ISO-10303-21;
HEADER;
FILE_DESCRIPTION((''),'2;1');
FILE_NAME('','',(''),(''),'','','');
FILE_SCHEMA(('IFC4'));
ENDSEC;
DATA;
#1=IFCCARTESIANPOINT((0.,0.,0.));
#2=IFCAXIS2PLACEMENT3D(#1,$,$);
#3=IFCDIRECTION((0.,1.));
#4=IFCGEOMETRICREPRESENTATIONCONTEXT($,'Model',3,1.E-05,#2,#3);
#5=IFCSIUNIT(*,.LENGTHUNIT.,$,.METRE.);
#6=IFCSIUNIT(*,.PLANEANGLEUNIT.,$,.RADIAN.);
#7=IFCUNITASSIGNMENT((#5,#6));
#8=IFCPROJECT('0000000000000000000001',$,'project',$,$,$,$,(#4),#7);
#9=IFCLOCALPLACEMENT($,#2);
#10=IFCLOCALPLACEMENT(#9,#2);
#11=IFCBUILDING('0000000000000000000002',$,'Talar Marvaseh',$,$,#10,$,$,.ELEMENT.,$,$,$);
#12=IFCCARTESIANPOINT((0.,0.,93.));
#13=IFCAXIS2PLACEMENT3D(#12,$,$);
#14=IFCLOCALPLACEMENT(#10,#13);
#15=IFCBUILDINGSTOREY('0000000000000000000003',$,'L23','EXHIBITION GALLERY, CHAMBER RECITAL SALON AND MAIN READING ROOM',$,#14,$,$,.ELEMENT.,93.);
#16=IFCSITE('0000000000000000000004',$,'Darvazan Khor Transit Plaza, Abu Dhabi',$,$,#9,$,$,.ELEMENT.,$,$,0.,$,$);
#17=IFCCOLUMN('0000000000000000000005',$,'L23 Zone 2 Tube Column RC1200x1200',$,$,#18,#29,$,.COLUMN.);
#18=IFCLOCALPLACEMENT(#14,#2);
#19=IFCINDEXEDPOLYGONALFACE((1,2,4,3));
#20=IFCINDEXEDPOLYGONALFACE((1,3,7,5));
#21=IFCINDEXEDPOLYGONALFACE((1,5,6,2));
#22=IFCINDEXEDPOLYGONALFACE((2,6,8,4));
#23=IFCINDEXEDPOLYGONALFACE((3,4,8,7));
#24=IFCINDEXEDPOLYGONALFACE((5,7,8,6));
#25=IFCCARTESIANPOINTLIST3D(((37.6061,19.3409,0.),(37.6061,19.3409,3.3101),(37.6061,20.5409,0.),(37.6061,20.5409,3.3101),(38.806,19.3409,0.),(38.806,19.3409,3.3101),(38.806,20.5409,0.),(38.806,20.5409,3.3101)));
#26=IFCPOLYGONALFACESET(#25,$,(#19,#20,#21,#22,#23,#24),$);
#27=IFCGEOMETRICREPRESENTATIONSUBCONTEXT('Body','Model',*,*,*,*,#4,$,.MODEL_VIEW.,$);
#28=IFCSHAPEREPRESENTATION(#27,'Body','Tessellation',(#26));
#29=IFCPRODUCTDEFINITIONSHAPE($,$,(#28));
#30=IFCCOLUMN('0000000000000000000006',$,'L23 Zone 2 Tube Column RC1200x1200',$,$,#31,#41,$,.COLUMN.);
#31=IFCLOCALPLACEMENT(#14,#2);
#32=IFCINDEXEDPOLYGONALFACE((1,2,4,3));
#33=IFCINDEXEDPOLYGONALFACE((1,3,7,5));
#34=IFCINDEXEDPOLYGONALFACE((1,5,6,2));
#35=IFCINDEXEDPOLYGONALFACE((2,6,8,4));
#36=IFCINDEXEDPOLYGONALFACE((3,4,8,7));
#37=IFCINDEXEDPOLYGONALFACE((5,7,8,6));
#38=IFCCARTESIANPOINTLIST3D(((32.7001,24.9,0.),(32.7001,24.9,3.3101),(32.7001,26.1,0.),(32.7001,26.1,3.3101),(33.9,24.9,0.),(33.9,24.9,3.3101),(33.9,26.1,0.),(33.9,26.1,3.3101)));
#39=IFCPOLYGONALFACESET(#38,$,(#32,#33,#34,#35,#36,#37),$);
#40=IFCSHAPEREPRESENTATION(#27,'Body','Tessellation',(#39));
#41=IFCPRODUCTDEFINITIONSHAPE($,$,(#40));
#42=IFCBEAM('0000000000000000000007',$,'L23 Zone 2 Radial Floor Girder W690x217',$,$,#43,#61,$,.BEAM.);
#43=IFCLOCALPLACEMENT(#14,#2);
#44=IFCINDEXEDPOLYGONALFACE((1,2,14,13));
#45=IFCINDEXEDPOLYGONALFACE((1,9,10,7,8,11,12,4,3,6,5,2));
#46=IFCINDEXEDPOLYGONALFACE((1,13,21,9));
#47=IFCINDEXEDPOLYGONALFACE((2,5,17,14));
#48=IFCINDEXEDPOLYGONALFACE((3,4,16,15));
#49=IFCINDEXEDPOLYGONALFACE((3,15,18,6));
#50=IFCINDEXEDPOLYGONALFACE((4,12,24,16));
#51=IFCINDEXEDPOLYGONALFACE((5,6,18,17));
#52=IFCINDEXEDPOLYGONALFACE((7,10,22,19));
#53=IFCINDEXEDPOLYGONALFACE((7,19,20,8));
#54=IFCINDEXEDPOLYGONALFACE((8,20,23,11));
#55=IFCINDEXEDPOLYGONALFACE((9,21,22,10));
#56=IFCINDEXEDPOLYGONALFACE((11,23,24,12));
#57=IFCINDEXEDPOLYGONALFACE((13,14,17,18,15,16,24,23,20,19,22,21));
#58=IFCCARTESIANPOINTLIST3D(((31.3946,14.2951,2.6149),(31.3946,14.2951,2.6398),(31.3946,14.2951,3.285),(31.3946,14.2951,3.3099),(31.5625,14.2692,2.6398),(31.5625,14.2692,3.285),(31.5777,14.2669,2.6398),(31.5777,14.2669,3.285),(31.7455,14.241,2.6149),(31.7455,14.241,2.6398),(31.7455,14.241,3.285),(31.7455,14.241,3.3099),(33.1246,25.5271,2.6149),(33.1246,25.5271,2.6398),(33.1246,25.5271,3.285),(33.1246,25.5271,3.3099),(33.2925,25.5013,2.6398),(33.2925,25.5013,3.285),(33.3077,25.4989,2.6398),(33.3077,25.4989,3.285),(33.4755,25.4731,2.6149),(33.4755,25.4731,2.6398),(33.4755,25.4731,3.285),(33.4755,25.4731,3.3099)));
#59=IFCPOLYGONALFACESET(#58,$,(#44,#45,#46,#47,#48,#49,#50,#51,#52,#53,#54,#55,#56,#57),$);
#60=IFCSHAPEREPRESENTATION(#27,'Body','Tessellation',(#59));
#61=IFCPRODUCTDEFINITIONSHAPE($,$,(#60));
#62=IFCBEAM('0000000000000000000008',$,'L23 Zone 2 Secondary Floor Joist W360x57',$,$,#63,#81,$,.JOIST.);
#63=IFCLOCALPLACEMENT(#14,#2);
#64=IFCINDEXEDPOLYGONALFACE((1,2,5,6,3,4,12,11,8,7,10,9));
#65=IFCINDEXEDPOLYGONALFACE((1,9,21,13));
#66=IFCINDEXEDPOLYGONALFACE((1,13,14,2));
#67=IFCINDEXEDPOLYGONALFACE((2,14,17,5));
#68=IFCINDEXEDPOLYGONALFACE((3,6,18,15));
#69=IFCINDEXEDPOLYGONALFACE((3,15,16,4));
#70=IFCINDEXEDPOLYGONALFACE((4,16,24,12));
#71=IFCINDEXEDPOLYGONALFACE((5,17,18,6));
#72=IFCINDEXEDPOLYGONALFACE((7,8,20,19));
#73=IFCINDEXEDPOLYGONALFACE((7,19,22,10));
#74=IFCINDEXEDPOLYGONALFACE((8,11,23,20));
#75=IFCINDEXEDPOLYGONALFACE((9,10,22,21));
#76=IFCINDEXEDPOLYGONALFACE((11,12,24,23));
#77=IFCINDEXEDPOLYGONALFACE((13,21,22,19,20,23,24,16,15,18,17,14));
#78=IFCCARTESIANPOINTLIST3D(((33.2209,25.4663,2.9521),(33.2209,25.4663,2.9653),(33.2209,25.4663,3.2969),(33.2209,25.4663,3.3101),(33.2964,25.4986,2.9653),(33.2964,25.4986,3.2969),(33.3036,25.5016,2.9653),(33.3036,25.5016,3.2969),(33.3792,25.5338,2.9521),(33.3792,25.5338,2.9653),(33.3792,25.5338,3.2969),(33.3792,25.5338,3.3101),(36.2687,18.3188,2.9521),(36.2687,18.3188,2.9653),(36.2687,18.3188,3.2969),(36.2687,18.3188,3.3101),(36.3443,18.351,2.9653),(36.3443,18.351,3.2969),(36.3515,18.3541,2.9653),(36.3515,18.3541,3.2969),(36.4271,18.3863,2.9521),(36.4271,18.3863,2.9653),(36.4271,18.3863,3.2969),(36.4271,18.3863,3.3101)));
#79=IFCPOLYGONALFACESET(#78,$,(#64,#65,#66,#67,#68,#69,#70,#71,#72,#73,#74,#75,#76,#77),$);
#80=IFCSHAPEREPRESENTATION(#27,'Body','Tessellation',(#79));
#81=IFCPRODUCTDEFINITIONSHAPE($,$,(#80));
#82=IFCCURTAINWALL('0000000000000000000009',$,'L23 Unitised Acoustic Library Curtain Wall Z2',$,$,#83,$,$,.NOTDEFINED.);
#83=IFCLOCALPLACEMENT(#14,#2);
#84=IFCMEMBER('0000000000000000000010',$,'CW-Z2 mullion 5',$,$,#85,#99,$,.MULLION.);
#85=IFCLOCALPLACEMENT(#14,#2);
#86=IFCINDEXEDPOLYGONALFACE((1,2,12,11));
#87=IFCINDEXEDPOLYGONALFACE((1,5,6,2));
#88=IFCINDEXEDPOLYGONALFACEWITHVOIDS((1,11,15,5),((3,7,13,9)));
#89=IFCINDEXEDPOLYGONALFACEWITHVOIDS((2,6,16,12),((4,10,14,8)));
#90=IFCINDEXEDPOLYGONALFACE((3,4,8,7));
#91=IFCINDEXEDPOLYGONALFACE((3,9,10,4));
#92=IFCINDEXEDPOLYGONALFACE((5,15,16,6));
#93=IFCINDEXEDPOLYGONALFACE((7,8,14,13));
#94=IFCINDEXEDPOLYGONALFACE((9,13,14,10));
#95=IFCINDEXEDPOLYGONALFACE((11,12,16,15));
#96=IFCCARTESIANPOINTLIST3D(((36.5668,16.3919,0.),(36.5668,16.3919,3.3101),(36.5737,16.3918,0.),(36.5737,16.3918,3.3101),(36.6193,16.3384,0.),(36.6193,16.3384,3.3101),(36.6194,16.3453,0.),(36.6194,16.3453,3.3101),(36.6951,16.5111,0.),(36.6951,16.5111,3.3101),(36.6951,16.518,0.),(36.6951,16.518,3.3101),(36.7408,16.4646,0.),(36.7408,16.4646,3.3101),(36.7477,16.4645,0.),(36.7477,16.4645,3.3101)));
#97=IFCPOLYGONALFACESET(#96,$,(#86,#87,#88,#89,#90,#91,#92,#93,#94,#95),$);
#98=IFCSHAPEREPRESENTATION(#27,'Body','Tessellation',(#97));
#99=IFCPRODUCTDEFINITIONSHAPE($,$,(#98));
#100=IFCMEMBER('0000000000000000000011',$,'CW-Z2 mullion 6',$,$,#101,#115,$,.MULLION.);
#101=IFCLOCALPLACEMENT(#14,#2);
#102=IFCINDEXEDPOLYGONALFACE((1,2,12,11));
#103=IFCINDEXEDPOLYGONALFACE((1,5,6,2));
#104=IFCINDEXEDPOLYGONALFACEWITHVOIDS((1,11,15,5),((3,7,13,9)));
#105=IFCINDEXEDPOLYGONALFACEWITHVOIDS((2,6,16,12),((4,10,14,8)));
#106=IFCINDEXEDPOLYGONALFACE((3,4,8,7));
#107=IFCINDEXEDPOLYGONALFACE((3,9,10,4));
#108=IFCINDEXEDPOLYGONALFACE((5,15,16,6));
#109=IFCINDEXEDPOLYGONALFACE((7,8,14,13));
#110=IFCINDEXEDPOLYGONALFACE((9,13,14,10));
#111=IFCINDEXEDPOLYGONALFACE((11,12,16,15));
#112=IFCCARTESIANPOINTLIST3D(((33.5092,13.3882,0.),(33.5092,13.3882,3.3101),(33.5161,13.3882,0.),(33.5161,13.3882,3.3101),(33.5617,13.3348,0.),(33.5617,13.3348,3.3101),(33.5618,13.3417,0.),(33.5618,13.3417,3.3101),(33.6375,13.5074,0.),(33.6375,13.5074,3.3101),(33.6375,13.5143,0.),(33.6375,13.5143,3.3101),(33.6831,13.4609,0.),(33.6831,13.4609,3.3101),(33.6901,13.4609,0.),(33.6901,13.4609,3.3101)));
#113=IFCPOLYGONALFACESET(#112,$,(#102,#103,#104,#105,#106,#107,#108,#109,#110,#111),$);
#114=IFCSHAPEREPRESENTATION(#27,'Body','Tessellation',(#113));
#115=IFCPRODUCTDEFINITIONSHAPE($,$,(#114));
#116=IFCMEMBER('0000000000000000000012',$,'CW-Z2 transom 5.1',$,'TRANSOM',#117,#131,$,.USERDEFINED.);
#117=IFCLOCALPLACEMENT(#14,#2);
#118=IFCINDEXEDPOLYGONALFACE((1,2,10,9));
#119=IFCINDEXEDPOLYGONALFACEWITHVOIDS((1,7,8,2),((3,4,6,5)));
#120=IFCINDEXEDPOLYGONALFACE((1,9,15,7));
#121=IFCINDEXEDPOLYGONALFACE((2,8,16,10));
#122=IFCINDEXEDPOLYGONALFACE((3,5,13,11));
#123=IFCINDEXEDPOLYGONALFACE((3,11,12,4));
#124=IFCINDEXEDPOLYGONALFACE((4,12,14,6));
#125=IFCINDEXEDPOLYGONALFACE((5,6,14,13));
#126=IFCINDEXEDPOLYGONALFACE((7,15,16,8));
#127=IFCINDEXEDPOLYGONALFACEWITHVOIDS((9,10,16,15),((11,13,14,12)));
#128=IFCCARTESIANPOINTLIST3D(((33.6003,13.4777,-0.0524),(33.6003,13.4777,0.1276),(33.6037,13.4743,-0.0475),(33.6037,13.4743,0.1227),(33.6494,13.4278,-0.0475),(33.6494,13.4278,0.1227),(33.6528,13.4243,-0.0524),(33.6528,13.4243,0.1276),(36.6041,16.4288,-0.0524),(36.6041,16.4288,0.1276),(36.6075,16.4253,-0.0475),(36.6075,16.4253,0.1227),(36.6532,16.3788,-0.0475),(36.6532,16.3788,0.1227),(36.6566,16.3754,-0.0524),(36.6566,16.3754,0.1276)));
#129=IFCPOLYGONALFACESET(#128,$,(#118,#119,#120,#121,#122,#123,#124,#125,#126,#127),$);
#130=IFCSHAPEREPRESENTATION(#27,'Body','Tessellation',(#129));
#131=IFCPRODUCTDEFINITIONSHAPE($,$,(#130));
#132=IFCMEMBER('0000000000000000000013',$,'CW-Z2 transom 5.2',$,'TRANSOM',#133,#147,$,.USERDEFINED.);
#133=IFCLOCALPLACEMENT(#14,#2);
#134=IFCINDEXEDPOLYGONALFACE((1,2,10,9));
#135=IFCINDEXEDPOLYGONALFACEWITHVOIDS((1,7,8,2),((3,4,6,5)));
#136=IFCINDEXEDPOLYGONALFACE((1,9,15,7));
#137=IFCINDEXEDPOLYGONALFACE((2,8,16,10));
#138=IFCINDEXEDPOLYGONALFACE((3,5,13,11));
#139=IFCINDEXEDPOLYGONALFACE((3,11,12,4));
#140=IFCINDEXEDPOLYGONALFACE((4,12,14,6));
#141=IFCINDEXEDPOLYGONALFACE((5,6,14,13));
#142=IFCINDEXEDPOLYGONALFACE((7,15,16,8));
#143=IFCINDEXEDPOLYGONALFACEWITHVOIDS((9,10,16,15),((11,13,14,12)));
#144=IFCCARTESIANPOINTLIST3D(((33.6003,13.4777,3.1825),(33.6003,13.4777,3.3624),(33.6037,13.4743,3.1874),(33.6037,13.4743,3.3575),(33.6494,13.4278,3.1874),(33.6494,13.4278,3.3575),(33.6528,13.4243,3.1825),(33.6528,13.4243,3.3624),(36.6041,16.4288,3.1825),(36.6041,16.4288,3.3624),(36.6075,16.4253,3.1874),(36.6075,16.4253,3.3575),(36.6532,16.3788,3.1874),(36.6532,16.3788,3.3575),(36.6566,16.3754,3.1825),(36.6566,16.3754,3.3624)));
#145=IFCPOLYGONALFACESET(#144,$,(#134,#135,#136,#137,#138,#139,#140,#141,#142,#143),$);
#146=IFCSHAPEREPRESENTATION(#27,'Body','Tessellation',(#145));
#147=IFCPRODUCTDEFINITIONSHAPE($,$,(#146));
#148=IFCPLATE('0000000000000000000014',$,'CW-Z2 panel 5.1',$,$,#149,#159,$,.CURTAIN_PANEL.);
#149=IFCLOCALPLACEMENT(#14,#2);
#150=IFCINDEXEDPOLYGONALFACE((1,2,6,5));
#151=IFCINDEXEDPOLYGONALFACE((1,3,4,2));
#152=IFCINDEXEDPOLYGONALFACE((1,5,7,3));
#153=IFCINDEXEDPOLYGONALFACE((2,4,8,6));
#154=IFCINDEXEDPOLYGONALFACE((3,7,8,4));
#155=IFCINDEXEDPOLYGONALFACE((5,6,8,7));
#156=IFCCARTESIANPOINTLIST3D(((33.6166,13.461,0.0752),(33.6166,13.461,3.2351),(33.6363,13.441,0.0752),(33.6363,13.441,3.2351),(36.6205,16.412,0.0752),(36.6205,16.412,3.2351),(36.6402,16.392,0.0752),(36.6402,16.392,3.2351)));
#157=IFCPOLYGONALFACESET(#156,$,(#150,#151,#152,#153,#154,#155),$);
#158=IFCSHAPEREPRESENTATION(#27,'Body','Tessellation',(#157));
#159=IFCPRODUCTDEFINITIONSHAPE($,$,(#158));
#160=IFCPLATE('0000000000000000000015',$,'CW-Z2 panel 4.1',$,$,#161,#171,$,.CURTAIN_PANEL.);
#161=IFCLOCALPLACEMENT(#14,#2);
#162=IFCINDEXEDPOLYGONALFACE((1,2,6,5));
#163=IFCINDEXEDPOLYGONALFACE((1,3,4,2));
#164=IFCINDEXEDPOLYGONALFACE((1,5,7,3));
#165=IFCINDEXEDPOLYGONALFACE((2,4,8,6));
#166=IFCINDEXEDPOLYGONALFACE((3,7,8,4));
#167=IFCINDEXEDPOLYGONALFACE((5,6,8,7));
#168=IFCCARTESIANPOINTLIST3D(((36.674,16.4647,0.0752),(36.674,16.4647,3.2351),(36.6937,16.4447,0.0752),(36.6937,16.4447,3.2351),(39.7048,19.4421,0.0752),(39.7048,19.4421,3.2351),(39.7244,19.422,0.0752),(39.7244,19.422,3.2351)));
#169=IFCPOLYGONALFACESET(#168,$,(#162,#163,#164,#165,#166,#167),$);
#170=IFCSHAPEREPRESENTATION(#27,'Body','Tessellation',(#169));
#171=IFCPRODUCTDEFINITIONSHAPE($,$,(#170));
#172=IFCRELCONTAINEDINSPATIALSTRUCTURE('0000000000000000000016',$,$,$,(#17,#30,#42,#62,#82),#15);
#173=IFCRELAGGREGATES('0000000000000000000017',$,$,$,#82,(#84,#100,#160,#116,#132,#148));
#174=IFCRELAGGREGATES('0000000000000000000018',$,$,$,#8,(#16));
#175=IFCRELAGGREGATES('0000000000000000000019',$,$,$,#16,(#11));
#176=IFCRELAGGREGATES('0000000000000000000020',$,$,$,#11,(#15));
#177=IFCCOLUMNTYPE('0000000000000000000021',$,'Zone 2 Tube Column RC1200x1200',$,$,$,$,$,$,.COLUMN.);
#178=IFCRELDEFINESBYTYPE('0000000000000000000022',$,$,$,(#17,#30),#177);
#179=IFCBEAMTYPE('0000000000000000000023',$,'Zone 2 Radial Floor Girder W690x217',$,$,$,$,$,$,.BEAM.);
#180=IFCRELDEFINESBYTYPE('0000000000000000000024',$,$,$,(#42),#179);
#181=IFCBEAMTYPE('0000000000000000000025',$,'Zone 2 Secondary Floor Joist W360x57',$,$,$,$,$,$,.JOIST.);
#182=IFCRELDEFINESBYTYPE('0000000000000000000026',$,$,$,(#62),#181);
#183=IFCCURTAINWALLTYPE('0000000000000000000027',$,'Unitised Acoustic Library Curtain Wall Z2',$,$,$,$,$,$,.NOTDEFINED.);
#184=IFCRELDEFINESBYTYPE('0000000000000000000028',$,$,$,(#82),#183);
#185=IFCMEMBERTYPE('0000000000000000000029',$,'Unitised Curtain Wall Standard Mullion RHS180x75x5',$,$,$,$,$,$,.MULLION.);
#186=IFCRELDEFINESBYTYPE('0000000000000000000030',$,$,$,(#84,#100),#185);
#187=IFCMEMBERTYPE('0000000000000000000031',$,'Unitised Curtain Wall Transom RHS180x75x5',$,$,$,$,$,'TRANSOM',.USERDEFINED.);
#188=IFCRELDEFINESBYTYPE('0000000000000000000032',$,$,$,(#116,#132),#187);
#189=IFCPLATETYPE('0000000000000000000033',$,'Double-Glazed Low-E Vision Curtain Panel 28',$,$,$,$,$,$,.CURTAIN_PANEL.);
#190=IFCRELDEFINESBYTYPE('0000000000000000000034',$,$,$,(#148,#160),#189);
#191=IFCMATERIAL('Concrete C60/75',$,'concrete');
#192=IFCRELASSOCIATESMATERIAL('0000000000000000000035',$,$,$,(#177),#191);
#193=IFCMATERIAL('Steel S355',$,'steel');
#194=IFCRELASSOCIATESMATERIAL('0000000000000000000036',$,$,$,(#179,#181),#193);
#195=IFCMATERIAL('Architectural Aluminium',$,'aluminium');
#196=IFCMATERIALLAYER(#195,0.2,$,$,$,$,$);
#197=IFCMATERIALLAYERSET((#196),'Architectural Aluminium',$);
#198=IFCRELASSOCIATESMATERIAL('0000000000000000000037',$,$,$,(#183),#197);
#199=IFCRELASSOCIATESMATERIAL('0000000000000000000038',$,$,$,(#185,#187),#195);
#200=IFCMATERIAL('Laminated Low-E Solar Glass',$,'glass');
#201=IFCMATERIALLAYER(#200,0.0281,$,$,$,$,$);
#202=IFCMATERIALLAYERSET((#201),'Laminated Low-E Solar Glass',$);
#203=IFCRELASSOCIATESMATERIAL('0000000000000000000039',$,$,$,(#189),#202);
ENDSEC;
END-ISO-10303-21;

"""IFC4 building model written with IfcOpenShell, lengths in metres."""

from ifc_helpers import new_model, si_unit, direction, frame, origin, origin_2d, place, context, subcontext, project, spatial, rectangle, hollow_rectangle, i_section, extrude, source, transform, mapped, material, layer, layer_set, material_profile, profile_set, type_object, type_shapes, element, aggregate, save


model = new_model("IFC4")

# Units and contexts
model_context = context("Model", 3, precision=1e-05, world=origin(), true_north=direction((0.0, 1.0)))
body_context = subcontext(model_context, "Body", "Model", "MODEL_VIEW")
ifc_project = project(units=[si_unit("LENGTHUNIT", "METRE"), si_unit("PLANEANGLEUNIT", "RADIAN")], contexts=[model_context])

# Site, building, storey
site_placement = place(None, origin())
site = spatial("IfcSite", under=ifc_project, at=site_placement, Name="Darvazan Khor Transit Plaza, Abu Dhabi", CompositionType="ELEMENT", RefElevation=0.0)
building_placement = place(site_placement, origin())
building = spatial("IfcBuilding", under=site, at=building_placement, Name="Talar Marvaseh", CompositionType="ELEMENT")
storey_placement = place(building_placement, frame((0.0, 0.0, 93.0)))
storey = spatial("IfcBuildingStorey", under=building, at=storey_placement, Name="L23", Description="EXHIBITION GALLERY, CHAMBER RECITAL SALON AND MAIN READING ROOM", CompositionType="ELEMENT", Elevation=93.0)

# Columns
ifc_material_1 = material(Name="Concrete C60/75", Category="concrete")
ifc_material_profile_1 = material_profile(ifc_material_1, rectangle(XDim=1.2, YDim=1.2, at=origin_2d()), Name="RC1200x1200")
ifc_profile_set_1 = profile_set([ifc_material_profile_1], Name="Concrete C60/75")
column_type = type_object("IfcColumnType", Name="Zone 2 Tube Column RC1200x1200", PredefinedType="COLUMN", material=ifc_profile_set_1)
for number, where, z_axis, x_axis, name in (
    (1, (38.2061, 19.9409, 0.0), (0.0, 0.0, 1.0), (1.0, 0.0, 0.0), "L23 Zone 2 Tube Column RC1200x1200"),
    (2, (33.3, 25.5, 0.0), (0.0, 0.0, 1.0), (1.0, 0.0, 0.0), "L23 Zone 2 Tube Column RC1200x1200"),
):
    element("IfcColumn", number, at=place(storey_placement, frame(where, z_axis=z_axis, x_axis=x_axis)), inside=storey, type_object=column_type, Name=name, PredefinedType="COLUMN", context=body_context, shape_type="SweptSolid", body=[
        extrude(rectangle(XDim=1.2, YDim=1.2, at=origin_2d()), origin(), (0.0, 0.0, 1.0), 3.3101),
    ])

# Beams
ifc_material_2 = material(Name="Steel S355", Category="steel")
ifc_material_profile_2 = material_profile(ifc_material_2, i_section(OverallWidth=0.355, OverallDepth=0.6951, WebThickness=0.0154, FlangeThickness=0.0249, at=origin_2d()), Name="W690x217")
ifc_profile_set_2 = profile_set([ifc_material_profile_2], Name="Steel S355")
beam_type_1 = type_object("IfcBeamType", Name="Zone 2 Radial Floor Girder W690x217", PredefinedType="BEAM", material=ifc_profile_set_2)
beam_1_placement = place(storey_placement, frame((31.5701, 14.2681, 2.9624), z_axis=(0.152228, 0.988345, 0.0), x_axis=(-0.988345, 0.152228, 0.0)))
element("IfcBeam", 3, at=beam_1_placement, inside=storey, type_object=beam_type_1, Name="L23 Zone 2 Radial Floor Girder W690x217", PredefinedType="BEAM", context=body_context, shape_type="SweptSolid", body=[
    extrude(i_section(OverallWidth=0.355, OverallDepth=0.6951, WebThickness=0.0154, FlangeThickness=0.0249, at=origin_2d()), origin(), (0.0, 0.0, 1.0), 11.3645),
])
ifc_material_profile_3 = material_profile(ifc_material_2, i_section(OverallWidth=0.1721, OverallDepth=0.3579, WebThickness=0.0078, FlangeThickness=0.0132, at=origin_2d()), Name="W360x57")
ifc_profile_set_3 = profile_set([ifc_material_profile_3], Name="Steel S355")
beam_type_2 = type_object("IfcBeamType", Name="Zone 2 Secondary Floor Joist W360x57", PredefinedType="JOIST", material=ifc_profile_set_3)
beam_2_placement = place(storey_placement, frame((36.3479, 18.3525, 3.1311), z_axis=(-0.39225, 0.919859, 0.0), x_axis=(-0.919859, -0.39225, 0.0)))
element("IfcBeam", 4, at=beam_2_placement, inside=storey, type_object=beam_type_2, Name="L23 Zone 2 Secondary Floor Joist W360x57", PredefinedType="JOIST", context=body_context, shape_type="SweptSolid", body=[
    extrude(i_section(OverallWidth=0.1721, OverallDepth=0.3579, WebThickness=0.0078, FlangeThickness=0.0132, at=origin_2d()), origin(), (0.0, 0.0, 1.0), 7.7703),
])

# Curtain wall, members, plates
ifc_material_3 = material(Name="Architectural Aluminium", Category="aluminium")
ifc_layer_1 = layer(ifc_material_3, 0.2)
ifc_layer_set_1 = layer_set([ifc_layer_1], Name="Architectural Aluminium")
curtain_wall_type = type_object("IfcCurtainWallType", Name="Unitised Acoustic Library Curtain Wall Z2", PredefinedType="NOTDEFINED", material=ifc_layer_set_1)
curtain_wall_placement = place(storey_placement, origin())
curtain_wall = element("IfcCurtainWall", 5, at=curtain_wall_placement, inside=storey, type_object=curtain_wall_type, Name="L23 Unitised Acoustic Library Curtain Wall Z2", PredefinedType="NOTDEFINED")
ifc_material_profile_4 = material_profile(ifc_material_3, hollow_rectangle(XDim=0.075, YDim=0.1799, WallThickness=0.0049, at=origin_2d()), Name="RHS180x75x5")
ifc_profile_set_4 = profile_set([ifc_material_profile_4], Name="Architectural Aluminium")
member_type_1 = type_object("IfcMemberType", Name="Unitised Curtain Wall Standard Mullion RHS180x75x5", PredefinedType="MULLION", material=ifc_profile_set_4)
shared_shape_1 = source(origin(), body_context, "Body", "SweptSolid", [
    extrude(hollow_rectangle(XDim=0.075, YDim=0.1799, WallThickness=0.0049, at=origin_2d()), origin(), (0.0, 0.0, 1.0), 3.3101),
])
type_shapes(member_type_1, [shared_shape_1])
member_1_placement = place(storey_placement, frame((36.6572, 16.4282, 0.0), z_axis=(0.0, 0.0, 1.0), x_axis=(0.700797, -0.713361, 0.0)))
member_1 = element("IfcMember", 6, at=member_1_placement, type_object=member_type_1, Name="CW-Z2 mullion 5", PredefinedType="MULLION", context=body_context, shape_type="MappedRepresentation", body=[
    mapped(shared_shape_1, transform((0.0, 0.0, 0.0), x_axis=(1.0, 0.0, 0.0), y_axis=(0.0, 1.0, 0.0), z_axis=(0.0, 0.0, 1.0), scale=1.0)),
])
member_2_placement = place(storey_placement, frame((33.5996, 13.4246, 0.0), z_axis=(0.0, 0.0, 1.0), x_axis=(0.700797, -0.713361, 0.0)))
member_2 = element("IfcMember", 7, at=member_2_placement, type_object=member_type_1, Name="CW-Z2 mullion 6", PredefinedType="MULLION", context=body_context, shape_type="MappedRepresentation", body=[
    mapped(shared_shape_1, transform((0.0, 0.0, 0.0), x_axis=(1.0, 0.0, 0.0), y_axis=(0.0, 1.0, 0.0), z_axis=(0.0, 0.0, 1.0), scale=1.0)),
])
ifc_material_profile_5 = material_profile(ifc_material_3, hollow_rectangle(XDim=0.075, YDim=0.1799, WallThickness=0.0049, at=origin_2d()), Name="RHS180x75x5")
ifc_profile_set_5 = profile_set([ifc_material_profile_5], Name="Architectural Aluminium")
member_type_2 = type_object("IfcMemberType", Name="Unitised Curtain Wall Transom RHS180x75x5", ElementType="TRANSOM", PredefinedType="USERDEFINED", material=ifc_profile_set_5)
shared_shape_2 = source(origin(), body_context, "Body", "SweptSolid", [
    extrude(hollow_rectangle(XDim=0.075, YDim=0.1799, WallThickness=0.0049, at=origin_2d()), origin(), (0.0, 0.0, 1.0), 4.2109),
])
type_shapes(member_type_2, [shared_shape_2])
member_3_placement = place(storey_placement, frame((36.6304, 16.4021, 0.0376), z_axis=(-0.71334, -0.700818, 0.0), x_axis=(0.700818, -0.71334, 0.0)))
member_3 = element("IfcMember", 8, at=member_3_placement, type_object=member_type_2, Name="CW-Z2 transom 5.1", ObjectType="TRANSOM", PredefinedType="USERDEFINED", context=body_context, shape_type="MappedRepresentation", body=[
    mapped(shared_shape_2, transform((0.0, 0.0, 0.0), x_axis=(1.0, 0.0, 0.0), y_axis=(0.0, 1.0, 0.0), z_axis=(0.0, 0.0, 1.0), scale=1.0)),
])
member_4_placement = place(storey_placement, frame((36.6304, 16.4021, 3.2725), z_axis=(-0.71334, -0.700818, 0.0), x_axis=(0.700818, -0.71334, 0.0)))
member_4 = element("IfcMember", 9, at=member_4_placement, type_object=member_type_2, Name="CW-Z2 transom 5.2", ObjectType="TRANSOM", PredefinedType="USERDEFINED", context=body_context, shape_type="MappedRepresentation", body=[
    mapped(shared_shape_2, transform((0.0, 0.0, 0.0), x_axis=(1.0, 0.0, 0.0), y_axis=(0.0, 1.0, 0.0), z_axis=(0.0, 0.0, 1.0), scale=1.0)),
])
ifc_material_4 = material(Name="Laminated Low-E Solar Glass", Category="glass")
ifc_layer_2 = layer(ifc_material_4, 0.0281)
ifc_layer_set_2 = layer_set([ifc_layer_2], Name="Laminated Low-E Solar Glass")
plate_type = type_object("IfcPlateType", Name="Double-Glazed Low-E Vision Curtain Panel 28", PredefinedType="CURTAIN_PANEL", material=ifc_layer_set_2)
shared_shape_3 = source(origin(), body_context, "Body", "SweptSolid", [
    extrude(rectangle(XDim=4.2109, YDim=0.0281, at=origin_2d()), origin(), (0.0, 0.0, 1.0), 3.1599),
])
plate_1_placement = place(storey_placement, frame((35.1284, 14.9265, 0.0752), z_axis=(0.0, 0.0, 1.0), x_axis=(-0.713361, -0.700797, 0.0)))
plate_1 = element("IfcPlate", 10, at=plate_1_placement, type_object=plate_type, Name="CW-Z2 panel 5.1", PredefinedType="CURTAIN_PANEL", context=body_context, shape_type="MappedRepresentation", body=[
    mapped(shared_shape_3, transform((0.0, 0.0, 0.0), x_axis=(1.0, 0.0, 0.0), y_axis=(0.0, 1.0, 0.0), z_axis=(0.0, 0.0, 1.0), scale=1.0)),
])
shared_shape_4 = source(origin(), body_context, "Body", "SweptSolid", [
    extrude(rectangle(XDim=4.2485, YDim=0.0281, at=origin_2d()), origin(), (0.0, 0.0, 1.0), 3.1599),
])
type_shapes(plate_type, [shared_shape_3, shared_shape_4])
plate_2_placement = place(storey_placement, frame((38.1992, 17.9434, 0.0752), z_axis=(0.0, 0.0, 1.0), x_axis=(-0.713361, -0.700797, 0.0)))
plate_2 = element("IfcPlate", 11, at=plate_2_placement, type_object=plate_type, Name="CW-Z2 panel 4.1", PredefinedType="CURTAIN_PANEL", context=body_context, shape_type="MappedRepresentation", body=[
    mapped(shared_shape_4, transform((0.0, 0.0, 0.0), x_axis=(1.0, 0.0, 0.0), y_axis=(0.0, 1.0, 0.0), z_axis=(0.0, 0.0, 1.0), scale=1.0)),
])
aggregate(curtain_wall, [member_1, member_2, plate_2, member_3, member_4, plate_1])

save(model, "model.ifc")
